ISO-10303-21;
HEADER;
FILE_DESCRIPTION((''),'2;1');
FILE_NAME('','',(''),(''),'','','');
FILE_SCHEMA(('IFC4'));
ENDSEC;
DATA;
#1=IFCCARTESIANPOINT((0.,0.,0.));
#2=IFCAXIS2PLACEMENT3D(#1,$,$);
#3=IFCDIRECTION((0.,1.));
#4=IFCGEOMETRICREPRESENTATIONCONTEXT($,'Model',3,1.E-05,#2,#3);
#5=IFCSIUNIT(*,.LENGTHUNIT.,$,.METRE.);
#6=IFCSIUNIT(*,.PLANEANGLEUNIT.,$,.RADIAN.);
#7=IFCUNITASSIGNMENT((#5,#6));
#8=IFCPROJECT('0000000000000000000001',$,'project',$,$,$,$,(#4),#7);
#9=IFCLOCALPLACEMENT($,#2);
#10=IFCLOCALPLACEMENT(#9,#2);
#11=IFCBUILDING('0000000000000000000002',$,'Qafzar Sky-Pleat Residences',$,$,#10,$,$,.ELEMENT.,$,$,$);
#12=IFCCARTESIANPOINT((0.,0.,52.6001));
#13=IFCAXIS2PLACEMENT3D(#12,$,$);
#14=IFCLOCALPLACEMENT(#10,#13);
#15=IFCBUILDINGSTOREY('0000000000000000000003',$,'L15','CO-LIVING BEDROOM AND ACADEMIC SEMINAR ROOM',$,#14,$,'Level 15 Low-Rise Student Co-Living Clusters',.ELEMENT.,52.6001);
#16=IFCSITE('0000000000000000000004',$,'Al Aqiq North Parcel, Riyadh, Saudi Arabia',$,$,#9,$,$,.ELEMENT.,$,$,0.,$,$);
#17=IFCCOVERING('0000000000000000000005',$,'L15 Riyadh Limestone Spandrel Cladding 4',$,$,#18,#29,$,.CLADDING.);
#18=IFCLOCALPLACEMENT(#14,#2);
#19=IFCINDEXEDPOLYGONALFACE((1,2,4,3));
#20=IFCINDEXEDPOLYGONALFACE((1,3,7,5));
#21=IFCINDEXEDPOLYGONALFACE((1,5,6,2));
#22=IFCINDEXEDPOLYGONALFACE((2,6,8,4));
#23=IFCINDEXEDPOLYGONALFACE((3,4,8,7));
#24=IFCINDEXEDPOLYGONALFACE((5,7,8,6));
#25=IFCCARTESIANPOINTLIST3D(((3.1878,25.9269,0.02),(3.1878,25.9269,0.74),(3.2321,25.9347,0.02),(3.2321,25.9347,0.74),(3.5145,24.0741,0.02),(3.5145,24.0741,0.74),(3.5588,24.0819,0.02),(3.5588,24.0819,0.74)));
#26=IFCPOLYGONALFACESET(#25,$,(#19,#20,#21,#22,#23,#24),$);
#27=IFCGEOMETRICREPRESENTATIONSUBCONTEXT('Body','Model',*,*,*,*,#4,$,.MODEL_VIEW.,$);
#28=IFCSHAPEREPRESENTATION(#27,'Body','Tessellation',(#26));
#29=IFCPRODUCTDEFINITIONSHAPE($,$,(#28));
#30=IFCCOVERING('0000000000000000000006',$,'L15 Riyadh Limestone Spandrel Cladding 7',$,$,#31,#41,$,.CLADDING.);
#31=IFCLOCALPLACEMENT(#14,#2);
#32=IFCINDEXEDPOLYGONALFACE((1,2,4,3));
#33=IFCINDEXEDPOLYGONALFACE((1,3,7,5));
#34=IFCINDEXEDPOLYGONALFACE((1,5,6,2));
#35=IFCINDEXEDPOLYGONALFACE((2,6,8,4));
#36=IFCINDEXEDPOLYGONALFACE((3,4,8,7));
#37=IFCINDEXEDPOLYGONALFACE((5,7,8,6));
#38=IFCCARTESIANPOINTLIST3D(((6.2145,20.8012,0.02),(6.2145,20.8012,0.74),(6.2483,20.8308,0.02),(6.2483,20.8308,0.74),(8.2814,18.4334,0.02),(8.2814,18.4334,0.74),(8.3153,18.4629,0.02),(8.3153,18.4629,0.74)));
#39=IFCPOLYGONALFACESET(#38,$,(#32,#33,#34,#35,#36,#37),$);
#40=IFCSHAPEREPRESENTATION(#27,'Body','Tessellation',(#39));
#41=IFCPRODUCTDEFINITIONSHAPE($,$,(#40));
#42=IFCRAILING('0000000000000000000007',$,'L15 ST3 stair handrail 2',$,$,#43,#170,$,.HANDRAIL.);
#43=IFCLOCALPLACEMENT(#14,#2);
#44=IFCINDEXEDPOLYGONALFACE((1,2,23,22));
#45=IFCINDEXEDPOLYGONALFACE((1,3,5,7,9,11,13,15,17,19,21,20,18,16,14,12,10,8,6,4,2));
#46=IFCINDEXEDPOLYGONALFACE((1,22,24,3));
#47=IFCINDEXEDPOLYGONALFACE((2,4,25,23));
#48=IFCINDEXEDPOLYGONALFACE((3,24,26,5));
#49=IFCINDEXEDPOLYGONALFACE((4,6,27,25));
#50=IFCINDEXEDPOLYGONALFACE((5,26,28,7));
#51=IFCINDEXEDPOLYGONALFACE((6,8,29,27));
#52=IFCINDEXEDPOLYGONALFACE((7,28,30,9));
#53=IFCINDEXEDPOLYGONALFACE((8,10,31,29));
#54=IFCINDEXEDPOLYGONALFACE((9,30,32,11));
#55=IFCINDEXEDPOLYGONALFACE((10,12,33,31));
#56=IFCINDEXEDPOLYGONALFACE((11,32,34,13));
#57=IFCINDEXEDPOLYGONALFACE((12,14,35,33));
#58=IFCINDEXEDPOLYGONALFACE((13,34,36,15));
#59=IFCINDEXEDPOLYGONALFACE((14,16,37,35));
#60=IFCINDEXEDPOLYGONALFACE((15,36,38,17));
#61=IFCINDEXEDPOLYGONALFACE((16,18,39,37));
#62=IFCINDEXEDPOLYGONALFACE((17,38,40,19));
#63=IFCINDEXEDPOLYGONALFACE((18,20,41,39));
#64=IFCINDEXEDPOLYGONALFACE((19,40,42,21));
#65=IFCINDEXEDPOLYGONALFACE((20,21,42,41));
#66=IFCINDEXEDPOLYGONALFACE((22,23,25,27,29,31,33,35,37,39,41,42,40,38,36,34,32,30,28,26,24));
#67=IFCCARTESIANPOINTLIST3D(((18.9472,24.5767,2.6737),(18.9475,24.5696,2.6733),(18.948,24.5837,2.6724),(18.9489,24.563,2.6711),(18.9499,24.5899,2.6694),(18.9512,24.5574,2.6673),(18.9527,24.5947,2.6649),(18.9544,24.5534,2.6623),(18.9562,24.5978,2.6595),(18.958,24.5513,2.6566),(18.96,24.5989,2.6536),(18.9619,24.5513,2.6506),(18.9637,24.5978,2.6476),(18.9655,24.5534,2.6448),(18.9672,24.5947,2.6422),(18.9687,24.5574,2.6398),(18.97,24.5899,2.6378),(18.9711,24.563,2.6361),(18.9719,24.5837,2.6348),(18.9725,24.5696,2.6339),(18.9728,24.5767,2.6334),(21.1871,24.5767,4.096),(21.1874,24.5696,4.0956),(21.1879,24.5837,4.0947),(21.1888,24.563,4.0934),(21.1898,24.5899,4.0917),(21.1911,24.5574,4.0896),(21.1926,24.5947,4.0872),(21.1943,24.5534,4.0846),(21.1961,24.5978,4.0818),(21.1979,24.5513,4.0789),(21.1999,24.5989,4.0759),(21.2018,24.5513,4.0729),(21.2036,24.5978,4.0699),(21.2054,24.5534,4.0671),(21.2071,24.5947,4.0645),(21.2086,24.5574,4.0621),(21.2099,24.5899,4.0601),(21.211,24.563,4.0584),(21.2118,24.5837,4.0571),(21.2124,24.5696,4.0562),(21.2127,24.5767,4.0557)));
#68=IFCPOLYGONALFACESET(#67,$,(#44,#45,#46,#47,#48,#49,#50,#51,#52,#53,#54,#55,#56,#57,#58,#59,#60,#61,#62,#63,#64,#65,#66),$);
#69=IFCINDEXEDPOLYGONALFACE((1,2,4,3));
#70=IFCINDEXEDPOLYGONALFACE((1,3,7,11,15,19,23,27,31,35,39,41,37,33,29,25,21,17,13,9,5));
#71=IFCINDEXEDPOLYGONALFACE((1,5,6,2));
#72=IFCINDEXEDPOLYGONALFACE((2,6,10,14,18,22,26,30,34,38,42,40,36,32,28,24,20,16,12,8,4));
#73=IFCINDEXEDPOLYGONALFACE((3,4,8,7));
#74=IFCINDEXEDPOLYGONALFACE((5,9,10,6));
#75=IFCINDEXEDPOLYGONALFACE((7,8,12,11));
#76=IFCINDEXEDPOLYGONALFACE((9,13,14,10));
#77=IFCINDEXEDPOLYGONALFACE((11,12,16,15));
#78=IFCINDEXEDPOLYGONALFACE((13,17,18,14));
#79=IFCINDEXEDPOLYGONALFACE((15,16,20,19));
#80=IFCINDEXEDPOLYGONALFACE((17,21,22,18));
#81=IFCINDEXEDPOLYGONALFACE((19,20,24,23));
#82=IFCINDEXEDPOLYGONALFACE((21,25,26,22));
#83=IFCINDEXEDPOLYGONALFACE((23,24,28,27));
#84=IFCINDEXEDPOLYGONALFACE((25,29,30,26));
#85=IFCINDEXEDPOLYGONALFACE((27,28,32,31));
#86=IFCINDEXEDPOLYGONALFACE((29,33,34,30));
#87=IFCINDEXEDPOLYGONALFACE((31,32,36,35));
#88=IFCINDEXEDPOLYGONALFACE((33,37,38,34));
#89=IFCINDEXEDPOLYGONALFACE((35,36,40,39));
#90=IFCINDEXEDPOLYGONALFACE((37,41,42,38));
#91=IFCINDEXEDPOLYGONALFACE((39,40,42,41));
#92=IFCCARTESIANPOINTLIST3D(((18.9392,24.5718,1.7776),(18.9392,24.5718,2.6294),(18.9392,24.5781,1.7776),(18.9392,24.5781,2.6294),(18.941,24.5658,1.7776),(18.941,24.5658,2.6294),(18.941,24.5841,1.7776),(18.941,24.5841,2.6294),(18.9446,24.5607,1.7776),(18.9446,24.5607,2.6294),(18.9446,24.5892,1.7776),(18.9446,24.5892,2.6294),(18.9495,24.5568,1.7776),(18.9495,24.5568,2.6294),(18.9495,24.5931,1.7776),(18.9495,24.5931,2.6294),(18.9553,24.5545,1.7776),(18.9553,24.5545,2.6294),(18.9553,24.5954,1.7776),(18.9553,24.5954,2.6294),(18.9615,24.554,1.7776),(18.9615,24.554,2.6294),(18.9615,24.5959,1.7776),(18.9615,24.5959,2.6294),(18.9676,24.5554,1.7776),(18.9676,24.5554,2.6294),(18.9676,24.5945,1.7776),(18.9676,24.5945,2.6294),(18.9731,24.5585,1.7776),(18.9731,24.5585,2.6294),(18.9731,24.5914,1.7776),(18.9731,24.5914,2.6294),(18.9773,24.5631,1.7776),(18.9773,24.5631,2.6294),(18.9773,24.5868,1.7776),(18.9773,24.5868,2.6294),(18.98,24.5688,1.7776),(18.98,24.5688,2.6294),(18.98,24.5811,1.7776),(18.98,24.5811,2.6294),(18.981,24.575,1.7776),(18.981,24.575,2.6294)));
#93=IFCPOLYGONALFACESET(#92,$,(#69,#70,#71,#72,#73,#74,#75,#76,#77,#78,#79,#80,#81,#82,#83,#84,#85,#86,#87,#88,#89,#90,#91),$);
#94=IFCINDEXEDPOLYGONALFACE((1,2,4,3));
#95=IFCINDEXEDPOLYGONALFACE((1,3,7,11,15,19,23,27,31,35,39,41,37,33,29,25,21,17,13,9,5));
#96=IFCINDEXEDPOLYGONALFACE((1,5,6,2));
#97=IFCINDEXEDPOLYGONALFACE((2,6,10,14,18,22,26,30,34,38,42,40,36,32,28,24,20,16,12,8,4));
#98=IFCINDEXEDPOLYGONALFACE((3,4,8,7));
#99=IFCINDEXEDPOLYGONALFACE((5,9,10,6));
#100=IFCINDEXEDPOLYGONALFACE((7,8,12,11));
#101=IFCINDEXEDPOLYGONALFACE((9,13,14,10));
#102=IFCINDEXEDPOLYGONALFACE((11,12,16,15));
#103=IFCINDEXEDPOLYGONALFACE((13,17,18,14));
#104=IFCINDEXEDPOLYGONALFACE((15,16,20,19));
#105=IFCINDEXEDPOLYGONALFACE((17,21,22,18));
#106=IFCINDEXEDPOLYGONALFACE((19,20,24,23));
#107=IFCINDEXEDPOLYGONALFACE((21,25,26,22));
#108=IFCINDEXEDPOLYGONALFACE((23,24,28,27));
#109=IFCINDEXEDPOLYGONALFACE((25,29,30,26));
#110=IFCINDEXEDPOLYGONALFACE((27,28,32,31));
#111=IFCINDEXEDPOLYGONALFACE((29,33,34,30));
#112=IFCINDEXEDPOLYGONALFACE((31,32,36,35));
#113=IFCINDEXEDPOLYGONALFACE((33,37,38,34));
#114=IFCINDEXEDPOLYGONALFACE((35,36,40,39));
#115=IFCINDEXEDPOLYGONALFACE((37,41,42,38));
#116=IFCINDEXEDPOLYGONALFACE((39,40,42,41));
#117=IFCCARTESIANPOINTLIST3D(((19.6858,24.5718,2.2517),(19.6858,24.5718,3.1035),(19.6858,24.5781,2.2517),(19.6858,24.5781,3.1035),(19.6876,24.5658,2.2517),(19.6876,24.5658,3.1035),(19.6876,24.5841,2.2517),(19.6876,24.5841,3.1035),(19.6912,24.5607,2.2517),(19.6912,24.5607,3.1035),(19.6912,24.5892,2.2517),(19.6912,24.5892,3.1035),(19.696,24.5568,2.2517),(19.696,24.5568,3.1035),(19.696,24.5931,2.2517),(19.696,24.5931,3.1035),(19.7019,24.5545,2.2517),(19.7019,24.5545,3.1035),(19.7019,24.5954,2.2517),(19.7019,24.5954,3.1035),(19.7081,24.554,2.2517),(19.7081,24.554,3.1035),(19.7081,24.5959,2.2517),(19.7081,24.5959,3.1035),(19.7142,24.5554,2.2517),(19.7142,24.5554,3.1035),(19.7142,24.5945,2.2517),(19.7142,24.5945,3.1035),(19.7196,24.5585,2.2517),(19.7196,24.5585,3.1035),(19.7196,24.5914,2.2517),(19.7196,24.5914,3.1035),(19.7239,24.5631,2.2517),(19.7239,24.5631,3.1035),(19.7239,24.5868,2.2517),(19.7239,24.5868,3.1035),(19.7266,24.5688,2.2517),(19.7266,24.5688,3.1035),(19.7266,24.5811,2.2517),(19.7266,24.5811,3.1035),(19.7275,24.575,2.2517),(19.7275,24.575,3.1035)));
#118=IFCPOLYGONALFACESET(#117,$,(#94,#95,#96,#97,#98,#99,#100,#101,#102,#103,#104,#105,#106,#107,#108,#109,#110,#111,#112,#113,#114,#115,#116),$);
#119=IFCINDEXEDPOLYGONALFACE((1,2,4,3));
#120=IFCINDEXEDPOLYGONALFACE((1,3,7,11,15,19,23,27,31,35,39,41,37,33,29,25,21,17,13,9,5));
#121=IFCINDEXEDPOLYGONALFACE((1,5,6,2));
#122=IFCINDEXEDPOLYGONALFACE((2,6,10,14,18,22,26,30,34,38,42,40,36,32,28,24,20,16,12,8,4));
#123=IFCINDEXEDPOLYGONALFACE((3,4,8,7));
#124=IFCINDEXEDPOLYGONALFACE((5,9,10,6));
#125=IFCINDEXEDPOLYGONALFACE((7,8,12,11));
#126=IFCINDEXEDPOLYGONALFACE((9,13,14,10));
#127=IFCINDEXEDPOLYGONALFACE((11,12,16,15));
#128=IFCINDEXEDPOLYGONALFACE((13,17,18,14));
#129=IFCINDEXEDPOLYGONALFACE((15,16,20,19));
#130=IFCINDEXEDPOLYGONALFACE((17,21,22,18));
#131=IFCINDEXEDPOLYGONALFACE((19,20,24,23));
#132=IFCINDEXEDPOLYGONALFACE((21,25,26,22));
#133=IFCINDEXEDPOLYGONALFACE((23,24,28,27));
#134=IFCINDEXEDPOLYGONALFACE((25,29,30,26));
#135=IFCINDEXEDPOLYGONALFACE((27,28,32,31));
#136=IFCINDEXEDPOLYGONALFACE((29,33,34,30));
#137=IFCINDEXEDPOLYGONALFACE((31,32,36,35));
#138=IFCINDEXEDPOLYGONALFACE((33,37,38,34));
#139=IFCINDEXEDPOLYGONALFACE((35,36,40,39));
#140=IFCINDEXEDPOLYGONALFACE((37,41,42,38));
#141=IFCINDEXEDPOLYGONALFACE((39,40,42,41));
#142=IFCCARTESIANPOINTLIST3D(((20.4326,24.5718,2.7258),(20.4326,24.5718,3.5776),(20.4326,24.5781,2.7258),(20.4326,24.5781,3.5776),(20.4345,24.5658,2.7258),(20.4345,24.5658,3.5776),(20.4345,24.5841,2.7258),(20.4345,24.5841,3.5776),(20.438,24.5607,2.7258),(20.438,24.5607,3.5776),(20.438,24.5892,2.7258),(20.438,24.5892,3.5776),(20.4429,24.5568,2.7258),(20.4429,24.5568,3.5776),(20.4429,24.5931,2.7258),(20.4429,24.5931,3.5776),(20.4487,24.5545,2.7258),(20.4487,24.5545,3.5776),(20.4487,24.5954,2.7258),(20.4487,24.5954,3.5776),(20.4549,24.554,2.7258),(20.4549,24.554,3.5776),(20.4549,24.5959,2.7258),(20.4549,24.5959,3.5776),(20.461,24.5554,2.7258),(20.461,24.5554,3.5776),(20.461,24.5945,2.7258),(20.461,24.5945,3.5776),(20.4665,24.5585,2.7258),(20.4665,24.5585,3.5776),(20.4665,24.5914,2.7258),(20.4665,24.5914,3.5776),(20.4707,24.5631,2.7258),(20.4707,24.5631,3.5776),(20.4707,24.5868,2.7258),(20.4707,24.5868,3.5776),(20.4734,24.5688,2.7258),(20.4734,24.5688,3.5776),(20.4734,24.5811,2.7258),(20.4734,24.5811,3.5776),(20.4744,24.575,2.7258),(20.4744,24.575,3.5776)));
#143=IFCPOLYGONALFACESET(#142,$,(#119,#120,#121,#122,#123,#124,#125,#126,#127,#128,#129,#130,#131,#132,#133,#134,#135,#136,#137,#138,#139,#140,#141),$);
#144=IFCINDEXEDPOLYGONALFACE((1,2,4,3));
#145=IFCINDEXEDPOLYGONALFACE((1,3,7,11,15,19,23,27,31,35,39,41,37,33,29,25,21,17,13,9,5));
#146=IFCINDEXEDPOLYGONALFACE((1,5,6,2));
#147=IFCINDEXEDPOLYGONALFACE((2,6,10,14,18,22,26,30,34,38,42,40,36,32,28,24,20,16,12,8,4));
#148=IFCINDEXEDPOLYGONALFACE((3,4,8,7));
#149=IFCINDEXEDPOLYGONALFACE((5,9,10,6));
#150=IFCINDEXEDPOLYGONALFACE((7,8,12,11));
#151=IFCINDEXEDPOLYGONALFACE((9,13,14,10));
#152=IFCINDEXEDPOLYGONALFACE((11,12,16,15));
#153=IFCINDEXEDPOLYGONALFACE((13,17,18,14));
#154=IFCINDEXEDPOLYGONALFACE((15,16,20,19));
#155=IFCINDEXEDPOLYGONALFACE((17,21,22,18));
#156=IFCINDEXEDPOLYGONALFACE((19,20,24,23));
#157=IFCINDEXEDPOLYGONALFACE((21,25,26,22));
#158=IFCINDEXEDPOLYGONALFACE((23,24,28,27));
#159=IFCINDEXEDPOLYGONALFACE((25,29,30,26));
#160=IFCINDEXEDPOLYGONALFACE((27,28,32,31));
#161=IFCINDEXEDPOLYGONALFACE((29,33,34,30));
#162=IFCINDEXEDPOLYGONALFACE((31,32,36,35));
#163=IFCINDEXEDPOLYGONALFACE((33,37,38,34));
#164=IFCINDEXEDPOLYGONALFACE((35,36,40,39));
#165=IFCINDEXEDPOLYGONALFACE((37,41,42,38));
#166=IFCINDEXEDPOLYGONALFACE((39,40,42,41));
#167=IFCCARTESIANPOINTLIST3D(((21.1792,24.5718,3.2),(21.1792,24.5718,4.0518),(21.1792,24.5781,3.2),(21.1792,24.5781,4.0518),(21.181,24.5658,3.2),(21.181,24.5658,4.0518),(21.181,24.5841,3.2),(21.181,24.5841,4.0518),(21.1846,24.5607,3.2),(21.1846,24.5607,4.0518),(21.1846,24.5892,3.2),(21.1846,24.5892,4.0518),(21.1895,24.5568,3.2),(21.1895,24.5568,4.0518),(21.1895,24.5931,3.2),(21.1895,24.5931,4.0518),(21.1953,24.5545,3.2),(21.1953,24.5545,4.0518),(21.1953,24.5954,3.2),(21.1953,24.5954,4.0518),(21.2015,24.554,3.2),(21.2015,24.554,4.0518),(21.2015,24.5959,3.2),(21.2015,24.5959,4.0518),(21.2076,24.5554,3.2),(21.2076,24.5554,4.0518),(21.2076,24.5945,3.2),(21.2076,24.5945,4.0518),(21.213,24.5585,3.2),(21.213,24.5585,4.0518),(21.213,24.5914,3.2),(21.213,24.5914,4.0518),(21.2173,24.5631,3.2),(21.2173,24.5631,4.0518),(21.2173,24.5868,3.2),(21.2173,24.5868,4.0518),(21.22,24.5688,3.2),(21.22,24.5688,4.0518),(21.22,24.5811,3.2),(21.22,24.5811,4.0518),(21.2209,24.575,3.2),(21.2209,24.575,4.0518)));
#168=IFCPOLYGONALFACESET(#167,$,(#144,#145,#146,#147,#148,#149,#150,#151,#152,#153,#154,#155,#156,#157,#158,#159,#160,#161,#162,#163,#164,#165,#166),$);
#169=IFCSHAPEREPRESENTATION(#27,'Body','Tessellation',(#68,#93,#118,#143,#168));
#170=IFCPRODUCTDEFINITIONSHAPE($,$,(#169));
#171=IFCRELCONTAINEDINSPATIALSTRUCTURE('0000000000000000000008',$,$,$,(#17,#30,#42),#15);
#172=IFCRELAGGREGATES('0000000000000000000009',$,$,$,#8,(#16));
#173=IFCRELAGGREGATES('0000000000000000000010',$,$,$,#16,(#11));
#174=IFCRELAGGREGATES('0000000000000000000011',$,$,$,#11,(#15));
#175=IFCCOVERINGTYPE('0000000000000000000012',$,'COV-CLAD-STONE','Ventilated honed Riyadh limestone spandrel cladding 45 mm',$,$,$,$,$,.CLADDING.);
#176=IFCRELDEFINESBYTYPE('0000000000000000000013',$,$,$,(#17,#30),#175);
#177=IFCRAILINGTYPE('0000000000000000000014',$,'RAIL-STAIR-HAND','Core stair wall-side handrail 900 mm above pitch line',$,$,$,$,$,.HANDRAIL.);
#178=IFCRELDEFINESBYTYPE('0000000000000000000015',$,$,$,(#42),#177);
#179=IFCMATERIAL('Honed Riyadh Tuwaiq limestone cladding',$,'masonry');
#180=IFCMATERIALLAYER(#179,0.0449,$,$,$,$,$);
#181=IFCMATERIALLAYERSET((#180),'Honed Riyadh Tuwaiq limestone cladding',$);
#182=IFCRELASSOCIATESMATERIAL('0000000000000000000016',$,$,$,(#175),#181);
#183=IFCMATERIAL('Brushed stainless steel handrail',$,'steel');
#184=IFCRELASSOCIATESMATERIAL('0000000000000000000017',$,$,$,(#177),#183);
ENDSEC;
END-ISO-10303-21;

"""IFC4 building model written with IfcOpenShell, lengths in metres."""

from ifc_helpers import new_model, si_unit, direction, frame, origin, origin_2d, place, context, subcontext, project, spatial, rectangle, circle, extrude, source, transform, mapped, material, layer, layer_set, type_object, element, save


model = new_model("IFC4")

# Units and contexts
model_context = context("Model", 3, precision=1e-05, world=origin(), true_north=direction((0.0, 1.0)))
body_context = subcontext(model_context, "Body", "Model", "MODEL_VIEW")
ifc_project = project(units=[si_unit("LENGTHUNIT", "METRE"), si_unit("PLANEANGLEUNIT", "RADIAN")], contexts=[model_context])

# Site, building, storey
site_placement = place(None, origin())
site = spatial("IfcSite", under=ifc_project, at=site_placement, Name="Al Aqiq North Parcel, Riyadh, Saudi Arabia", CompositionType="ELEMENT", RefElevation=0.0)
building_placement = place(site_placement, origin())
building = spatial("IfcBuilding", under=site, at=building_placement, Name="Qafzar Sky-Pleat Residences", CompositionType="ELEMENT")
storey_placement = place(building_placement, frame((0.0, 0.0, 52.6001)))
storey = spatial("IfcBuildingStorey", under=building, at=storey_placement, Name="L15", Description="CO-LIVING BEDROOM AND ACADEMIC SEMINAR ROOM", LongName="Level 15 Low-Rise Student Co-Living Clusters", CompositionType="ELEMENT", Elevation=52.6001)

# Covering
ifc_material_1 = material(Name="Honed Riyadh Tuwaiq limestone cladding", Category="masonry")
ifc_layer_1 = layer(ifc_material_1, 0.0449)
ifc_layer_set_1 = layer_set([ifc_layer_1], Name="Honed Riyadh Tuwaiq limestone cladding")
covering_type = type_object("IfcCoveringType", Name="COV-CLAD-STONE", Description="Ventilated honed Riyadh limestone spandrel cladding 45 mm", PredefinedType="CLADDING", material=ifc_layer_set_1)
shared_shape_1 = source(origin(), body_context, "Body", "SweptSolid", [
    extrude(rectangle(XDim=1.8813, YDim=0.0449, at=origin_2d()), origin(), (0.0, 0.0, 1.0), 0.72),
])
covering_1_placement = place(storey_placement, frame((3.3733, 25.0044, 0.02), z_axis=(0.0, 0.0, 1.0), x_axis=(0.173663, -0.984805, 0.0)))
element("IfcCovering", 1, at=covering_1_placement, inside=storey, type_object=covering_type, Name="L15 Riyadh Limestone Spandrel Cladding 4", PredefinedType="CLADDING", context=body_context, shape_type="MappedRepresentation", body=[
    mapped(shared_shape_1, transform((0.0, 0.0, 0.0), x_axis=(1.0, 0.0, 0.0), y_axis=(0.0, 1.0, 0.0), z_axis=(0.0, 0.0, 1.0), scale=1.0)),
])

# Covering
shared_shape_2 = source(origin(), body_context, "Body", "SweptSolid", [
    extrude(rectangle(XDim=3.1431, YDim=0.0449, at=origin_2d()), origin(), (0.0, 0.0, 1.0), 0.72),
])
covering_2_placement = place(storey_placement, frame((7.2649, 19.6321, 0.02), z_axis=(0.0, 0.0, 1.0), x_axis=(0.657622, -0.753348, 0.0)))
element("IfcCovering", 2, at=covering_2_placement, inside=storey, type_object=covering_type, Name="L15 Riyadh Limestone Spandrel Cladding 7", PredefinedType="CLADDING", context=body_context, shape_type="MappedRepresentation", body=[
    mapped(shared_shape_2, transform((0.0, 0.0, 0.0), x_axis=(1.0, 0.0, 0.0), y_axis=(0.0, 1.0, 0.0), z_axis=(0.0, 0.0, 1.0), scale=1.0)),
])

# Railing
ifc_material_2 = material(Name="Brushed stainless steel handrail", Category="steel")
railing_type_1 = type_object("IfcRailingType", Name="RAIL-STAIR-HAND", Description="Core stair wall-side handrail 900 mm above pitch line", PredefinedType="HANDRAIL", material=ifc_material_2)
shared_shape_3 = source(origin(), body_context, "Body", "SweptSolid", [
    extrude(circle(Radius=0.0239, at=origin_2d()), frame((0.0, 0.0, 0.876), z_axis=(0.844188, 0.0, 0.536048), x_axis=(0.0, 1.0, 0.0)), (0.0, 0.0, 1.0), 2.6533),
    extrude(circle(Radius=0.021, at=origin_2d()), origin(), (0.0, 0.0, 1.0), 0.8518),
    extrude(circle(Radius=0.021, at=origin_2d()), frame((0.7466, 0.0, 0.4741)), (0.0, 0.0, 1.0), 0.8518),
    extrude(circle(Radius=0.021, at=origin_2d()), frame((1.4934, 0.0, 0.9482)), (0.0, 0.0, 1.0), 0.8518),
    extrude(circle(Radius=0.021, at=origin_2d()), frame((2.24, 0.0, 1.4224)), (0.0, 0.0, 1.0), 0.8518),
])
railing_1_placement = place(storey_placement, frame((18.96, 24.575, 1.7776)))
element("IfcRailing", 3, at=railing_1_placement, inside=storey, type_object=railing_type_1, Name="L15 ST3 stair handrail 2", PredefinedType="HANDRAIL", context=body_context, shape_type="MappedRepresentation", body=[
    mapped(shared_shape_3, transform((0.0, 0.0, 0.0), x_axis=(1.0, 0.0, 0.0), y_axis=(0.0, 1.0, 0.0), z_axis=(0.0, 0.0, 1.0), scale=1.0)),
])

save(model, "model.ifc")
